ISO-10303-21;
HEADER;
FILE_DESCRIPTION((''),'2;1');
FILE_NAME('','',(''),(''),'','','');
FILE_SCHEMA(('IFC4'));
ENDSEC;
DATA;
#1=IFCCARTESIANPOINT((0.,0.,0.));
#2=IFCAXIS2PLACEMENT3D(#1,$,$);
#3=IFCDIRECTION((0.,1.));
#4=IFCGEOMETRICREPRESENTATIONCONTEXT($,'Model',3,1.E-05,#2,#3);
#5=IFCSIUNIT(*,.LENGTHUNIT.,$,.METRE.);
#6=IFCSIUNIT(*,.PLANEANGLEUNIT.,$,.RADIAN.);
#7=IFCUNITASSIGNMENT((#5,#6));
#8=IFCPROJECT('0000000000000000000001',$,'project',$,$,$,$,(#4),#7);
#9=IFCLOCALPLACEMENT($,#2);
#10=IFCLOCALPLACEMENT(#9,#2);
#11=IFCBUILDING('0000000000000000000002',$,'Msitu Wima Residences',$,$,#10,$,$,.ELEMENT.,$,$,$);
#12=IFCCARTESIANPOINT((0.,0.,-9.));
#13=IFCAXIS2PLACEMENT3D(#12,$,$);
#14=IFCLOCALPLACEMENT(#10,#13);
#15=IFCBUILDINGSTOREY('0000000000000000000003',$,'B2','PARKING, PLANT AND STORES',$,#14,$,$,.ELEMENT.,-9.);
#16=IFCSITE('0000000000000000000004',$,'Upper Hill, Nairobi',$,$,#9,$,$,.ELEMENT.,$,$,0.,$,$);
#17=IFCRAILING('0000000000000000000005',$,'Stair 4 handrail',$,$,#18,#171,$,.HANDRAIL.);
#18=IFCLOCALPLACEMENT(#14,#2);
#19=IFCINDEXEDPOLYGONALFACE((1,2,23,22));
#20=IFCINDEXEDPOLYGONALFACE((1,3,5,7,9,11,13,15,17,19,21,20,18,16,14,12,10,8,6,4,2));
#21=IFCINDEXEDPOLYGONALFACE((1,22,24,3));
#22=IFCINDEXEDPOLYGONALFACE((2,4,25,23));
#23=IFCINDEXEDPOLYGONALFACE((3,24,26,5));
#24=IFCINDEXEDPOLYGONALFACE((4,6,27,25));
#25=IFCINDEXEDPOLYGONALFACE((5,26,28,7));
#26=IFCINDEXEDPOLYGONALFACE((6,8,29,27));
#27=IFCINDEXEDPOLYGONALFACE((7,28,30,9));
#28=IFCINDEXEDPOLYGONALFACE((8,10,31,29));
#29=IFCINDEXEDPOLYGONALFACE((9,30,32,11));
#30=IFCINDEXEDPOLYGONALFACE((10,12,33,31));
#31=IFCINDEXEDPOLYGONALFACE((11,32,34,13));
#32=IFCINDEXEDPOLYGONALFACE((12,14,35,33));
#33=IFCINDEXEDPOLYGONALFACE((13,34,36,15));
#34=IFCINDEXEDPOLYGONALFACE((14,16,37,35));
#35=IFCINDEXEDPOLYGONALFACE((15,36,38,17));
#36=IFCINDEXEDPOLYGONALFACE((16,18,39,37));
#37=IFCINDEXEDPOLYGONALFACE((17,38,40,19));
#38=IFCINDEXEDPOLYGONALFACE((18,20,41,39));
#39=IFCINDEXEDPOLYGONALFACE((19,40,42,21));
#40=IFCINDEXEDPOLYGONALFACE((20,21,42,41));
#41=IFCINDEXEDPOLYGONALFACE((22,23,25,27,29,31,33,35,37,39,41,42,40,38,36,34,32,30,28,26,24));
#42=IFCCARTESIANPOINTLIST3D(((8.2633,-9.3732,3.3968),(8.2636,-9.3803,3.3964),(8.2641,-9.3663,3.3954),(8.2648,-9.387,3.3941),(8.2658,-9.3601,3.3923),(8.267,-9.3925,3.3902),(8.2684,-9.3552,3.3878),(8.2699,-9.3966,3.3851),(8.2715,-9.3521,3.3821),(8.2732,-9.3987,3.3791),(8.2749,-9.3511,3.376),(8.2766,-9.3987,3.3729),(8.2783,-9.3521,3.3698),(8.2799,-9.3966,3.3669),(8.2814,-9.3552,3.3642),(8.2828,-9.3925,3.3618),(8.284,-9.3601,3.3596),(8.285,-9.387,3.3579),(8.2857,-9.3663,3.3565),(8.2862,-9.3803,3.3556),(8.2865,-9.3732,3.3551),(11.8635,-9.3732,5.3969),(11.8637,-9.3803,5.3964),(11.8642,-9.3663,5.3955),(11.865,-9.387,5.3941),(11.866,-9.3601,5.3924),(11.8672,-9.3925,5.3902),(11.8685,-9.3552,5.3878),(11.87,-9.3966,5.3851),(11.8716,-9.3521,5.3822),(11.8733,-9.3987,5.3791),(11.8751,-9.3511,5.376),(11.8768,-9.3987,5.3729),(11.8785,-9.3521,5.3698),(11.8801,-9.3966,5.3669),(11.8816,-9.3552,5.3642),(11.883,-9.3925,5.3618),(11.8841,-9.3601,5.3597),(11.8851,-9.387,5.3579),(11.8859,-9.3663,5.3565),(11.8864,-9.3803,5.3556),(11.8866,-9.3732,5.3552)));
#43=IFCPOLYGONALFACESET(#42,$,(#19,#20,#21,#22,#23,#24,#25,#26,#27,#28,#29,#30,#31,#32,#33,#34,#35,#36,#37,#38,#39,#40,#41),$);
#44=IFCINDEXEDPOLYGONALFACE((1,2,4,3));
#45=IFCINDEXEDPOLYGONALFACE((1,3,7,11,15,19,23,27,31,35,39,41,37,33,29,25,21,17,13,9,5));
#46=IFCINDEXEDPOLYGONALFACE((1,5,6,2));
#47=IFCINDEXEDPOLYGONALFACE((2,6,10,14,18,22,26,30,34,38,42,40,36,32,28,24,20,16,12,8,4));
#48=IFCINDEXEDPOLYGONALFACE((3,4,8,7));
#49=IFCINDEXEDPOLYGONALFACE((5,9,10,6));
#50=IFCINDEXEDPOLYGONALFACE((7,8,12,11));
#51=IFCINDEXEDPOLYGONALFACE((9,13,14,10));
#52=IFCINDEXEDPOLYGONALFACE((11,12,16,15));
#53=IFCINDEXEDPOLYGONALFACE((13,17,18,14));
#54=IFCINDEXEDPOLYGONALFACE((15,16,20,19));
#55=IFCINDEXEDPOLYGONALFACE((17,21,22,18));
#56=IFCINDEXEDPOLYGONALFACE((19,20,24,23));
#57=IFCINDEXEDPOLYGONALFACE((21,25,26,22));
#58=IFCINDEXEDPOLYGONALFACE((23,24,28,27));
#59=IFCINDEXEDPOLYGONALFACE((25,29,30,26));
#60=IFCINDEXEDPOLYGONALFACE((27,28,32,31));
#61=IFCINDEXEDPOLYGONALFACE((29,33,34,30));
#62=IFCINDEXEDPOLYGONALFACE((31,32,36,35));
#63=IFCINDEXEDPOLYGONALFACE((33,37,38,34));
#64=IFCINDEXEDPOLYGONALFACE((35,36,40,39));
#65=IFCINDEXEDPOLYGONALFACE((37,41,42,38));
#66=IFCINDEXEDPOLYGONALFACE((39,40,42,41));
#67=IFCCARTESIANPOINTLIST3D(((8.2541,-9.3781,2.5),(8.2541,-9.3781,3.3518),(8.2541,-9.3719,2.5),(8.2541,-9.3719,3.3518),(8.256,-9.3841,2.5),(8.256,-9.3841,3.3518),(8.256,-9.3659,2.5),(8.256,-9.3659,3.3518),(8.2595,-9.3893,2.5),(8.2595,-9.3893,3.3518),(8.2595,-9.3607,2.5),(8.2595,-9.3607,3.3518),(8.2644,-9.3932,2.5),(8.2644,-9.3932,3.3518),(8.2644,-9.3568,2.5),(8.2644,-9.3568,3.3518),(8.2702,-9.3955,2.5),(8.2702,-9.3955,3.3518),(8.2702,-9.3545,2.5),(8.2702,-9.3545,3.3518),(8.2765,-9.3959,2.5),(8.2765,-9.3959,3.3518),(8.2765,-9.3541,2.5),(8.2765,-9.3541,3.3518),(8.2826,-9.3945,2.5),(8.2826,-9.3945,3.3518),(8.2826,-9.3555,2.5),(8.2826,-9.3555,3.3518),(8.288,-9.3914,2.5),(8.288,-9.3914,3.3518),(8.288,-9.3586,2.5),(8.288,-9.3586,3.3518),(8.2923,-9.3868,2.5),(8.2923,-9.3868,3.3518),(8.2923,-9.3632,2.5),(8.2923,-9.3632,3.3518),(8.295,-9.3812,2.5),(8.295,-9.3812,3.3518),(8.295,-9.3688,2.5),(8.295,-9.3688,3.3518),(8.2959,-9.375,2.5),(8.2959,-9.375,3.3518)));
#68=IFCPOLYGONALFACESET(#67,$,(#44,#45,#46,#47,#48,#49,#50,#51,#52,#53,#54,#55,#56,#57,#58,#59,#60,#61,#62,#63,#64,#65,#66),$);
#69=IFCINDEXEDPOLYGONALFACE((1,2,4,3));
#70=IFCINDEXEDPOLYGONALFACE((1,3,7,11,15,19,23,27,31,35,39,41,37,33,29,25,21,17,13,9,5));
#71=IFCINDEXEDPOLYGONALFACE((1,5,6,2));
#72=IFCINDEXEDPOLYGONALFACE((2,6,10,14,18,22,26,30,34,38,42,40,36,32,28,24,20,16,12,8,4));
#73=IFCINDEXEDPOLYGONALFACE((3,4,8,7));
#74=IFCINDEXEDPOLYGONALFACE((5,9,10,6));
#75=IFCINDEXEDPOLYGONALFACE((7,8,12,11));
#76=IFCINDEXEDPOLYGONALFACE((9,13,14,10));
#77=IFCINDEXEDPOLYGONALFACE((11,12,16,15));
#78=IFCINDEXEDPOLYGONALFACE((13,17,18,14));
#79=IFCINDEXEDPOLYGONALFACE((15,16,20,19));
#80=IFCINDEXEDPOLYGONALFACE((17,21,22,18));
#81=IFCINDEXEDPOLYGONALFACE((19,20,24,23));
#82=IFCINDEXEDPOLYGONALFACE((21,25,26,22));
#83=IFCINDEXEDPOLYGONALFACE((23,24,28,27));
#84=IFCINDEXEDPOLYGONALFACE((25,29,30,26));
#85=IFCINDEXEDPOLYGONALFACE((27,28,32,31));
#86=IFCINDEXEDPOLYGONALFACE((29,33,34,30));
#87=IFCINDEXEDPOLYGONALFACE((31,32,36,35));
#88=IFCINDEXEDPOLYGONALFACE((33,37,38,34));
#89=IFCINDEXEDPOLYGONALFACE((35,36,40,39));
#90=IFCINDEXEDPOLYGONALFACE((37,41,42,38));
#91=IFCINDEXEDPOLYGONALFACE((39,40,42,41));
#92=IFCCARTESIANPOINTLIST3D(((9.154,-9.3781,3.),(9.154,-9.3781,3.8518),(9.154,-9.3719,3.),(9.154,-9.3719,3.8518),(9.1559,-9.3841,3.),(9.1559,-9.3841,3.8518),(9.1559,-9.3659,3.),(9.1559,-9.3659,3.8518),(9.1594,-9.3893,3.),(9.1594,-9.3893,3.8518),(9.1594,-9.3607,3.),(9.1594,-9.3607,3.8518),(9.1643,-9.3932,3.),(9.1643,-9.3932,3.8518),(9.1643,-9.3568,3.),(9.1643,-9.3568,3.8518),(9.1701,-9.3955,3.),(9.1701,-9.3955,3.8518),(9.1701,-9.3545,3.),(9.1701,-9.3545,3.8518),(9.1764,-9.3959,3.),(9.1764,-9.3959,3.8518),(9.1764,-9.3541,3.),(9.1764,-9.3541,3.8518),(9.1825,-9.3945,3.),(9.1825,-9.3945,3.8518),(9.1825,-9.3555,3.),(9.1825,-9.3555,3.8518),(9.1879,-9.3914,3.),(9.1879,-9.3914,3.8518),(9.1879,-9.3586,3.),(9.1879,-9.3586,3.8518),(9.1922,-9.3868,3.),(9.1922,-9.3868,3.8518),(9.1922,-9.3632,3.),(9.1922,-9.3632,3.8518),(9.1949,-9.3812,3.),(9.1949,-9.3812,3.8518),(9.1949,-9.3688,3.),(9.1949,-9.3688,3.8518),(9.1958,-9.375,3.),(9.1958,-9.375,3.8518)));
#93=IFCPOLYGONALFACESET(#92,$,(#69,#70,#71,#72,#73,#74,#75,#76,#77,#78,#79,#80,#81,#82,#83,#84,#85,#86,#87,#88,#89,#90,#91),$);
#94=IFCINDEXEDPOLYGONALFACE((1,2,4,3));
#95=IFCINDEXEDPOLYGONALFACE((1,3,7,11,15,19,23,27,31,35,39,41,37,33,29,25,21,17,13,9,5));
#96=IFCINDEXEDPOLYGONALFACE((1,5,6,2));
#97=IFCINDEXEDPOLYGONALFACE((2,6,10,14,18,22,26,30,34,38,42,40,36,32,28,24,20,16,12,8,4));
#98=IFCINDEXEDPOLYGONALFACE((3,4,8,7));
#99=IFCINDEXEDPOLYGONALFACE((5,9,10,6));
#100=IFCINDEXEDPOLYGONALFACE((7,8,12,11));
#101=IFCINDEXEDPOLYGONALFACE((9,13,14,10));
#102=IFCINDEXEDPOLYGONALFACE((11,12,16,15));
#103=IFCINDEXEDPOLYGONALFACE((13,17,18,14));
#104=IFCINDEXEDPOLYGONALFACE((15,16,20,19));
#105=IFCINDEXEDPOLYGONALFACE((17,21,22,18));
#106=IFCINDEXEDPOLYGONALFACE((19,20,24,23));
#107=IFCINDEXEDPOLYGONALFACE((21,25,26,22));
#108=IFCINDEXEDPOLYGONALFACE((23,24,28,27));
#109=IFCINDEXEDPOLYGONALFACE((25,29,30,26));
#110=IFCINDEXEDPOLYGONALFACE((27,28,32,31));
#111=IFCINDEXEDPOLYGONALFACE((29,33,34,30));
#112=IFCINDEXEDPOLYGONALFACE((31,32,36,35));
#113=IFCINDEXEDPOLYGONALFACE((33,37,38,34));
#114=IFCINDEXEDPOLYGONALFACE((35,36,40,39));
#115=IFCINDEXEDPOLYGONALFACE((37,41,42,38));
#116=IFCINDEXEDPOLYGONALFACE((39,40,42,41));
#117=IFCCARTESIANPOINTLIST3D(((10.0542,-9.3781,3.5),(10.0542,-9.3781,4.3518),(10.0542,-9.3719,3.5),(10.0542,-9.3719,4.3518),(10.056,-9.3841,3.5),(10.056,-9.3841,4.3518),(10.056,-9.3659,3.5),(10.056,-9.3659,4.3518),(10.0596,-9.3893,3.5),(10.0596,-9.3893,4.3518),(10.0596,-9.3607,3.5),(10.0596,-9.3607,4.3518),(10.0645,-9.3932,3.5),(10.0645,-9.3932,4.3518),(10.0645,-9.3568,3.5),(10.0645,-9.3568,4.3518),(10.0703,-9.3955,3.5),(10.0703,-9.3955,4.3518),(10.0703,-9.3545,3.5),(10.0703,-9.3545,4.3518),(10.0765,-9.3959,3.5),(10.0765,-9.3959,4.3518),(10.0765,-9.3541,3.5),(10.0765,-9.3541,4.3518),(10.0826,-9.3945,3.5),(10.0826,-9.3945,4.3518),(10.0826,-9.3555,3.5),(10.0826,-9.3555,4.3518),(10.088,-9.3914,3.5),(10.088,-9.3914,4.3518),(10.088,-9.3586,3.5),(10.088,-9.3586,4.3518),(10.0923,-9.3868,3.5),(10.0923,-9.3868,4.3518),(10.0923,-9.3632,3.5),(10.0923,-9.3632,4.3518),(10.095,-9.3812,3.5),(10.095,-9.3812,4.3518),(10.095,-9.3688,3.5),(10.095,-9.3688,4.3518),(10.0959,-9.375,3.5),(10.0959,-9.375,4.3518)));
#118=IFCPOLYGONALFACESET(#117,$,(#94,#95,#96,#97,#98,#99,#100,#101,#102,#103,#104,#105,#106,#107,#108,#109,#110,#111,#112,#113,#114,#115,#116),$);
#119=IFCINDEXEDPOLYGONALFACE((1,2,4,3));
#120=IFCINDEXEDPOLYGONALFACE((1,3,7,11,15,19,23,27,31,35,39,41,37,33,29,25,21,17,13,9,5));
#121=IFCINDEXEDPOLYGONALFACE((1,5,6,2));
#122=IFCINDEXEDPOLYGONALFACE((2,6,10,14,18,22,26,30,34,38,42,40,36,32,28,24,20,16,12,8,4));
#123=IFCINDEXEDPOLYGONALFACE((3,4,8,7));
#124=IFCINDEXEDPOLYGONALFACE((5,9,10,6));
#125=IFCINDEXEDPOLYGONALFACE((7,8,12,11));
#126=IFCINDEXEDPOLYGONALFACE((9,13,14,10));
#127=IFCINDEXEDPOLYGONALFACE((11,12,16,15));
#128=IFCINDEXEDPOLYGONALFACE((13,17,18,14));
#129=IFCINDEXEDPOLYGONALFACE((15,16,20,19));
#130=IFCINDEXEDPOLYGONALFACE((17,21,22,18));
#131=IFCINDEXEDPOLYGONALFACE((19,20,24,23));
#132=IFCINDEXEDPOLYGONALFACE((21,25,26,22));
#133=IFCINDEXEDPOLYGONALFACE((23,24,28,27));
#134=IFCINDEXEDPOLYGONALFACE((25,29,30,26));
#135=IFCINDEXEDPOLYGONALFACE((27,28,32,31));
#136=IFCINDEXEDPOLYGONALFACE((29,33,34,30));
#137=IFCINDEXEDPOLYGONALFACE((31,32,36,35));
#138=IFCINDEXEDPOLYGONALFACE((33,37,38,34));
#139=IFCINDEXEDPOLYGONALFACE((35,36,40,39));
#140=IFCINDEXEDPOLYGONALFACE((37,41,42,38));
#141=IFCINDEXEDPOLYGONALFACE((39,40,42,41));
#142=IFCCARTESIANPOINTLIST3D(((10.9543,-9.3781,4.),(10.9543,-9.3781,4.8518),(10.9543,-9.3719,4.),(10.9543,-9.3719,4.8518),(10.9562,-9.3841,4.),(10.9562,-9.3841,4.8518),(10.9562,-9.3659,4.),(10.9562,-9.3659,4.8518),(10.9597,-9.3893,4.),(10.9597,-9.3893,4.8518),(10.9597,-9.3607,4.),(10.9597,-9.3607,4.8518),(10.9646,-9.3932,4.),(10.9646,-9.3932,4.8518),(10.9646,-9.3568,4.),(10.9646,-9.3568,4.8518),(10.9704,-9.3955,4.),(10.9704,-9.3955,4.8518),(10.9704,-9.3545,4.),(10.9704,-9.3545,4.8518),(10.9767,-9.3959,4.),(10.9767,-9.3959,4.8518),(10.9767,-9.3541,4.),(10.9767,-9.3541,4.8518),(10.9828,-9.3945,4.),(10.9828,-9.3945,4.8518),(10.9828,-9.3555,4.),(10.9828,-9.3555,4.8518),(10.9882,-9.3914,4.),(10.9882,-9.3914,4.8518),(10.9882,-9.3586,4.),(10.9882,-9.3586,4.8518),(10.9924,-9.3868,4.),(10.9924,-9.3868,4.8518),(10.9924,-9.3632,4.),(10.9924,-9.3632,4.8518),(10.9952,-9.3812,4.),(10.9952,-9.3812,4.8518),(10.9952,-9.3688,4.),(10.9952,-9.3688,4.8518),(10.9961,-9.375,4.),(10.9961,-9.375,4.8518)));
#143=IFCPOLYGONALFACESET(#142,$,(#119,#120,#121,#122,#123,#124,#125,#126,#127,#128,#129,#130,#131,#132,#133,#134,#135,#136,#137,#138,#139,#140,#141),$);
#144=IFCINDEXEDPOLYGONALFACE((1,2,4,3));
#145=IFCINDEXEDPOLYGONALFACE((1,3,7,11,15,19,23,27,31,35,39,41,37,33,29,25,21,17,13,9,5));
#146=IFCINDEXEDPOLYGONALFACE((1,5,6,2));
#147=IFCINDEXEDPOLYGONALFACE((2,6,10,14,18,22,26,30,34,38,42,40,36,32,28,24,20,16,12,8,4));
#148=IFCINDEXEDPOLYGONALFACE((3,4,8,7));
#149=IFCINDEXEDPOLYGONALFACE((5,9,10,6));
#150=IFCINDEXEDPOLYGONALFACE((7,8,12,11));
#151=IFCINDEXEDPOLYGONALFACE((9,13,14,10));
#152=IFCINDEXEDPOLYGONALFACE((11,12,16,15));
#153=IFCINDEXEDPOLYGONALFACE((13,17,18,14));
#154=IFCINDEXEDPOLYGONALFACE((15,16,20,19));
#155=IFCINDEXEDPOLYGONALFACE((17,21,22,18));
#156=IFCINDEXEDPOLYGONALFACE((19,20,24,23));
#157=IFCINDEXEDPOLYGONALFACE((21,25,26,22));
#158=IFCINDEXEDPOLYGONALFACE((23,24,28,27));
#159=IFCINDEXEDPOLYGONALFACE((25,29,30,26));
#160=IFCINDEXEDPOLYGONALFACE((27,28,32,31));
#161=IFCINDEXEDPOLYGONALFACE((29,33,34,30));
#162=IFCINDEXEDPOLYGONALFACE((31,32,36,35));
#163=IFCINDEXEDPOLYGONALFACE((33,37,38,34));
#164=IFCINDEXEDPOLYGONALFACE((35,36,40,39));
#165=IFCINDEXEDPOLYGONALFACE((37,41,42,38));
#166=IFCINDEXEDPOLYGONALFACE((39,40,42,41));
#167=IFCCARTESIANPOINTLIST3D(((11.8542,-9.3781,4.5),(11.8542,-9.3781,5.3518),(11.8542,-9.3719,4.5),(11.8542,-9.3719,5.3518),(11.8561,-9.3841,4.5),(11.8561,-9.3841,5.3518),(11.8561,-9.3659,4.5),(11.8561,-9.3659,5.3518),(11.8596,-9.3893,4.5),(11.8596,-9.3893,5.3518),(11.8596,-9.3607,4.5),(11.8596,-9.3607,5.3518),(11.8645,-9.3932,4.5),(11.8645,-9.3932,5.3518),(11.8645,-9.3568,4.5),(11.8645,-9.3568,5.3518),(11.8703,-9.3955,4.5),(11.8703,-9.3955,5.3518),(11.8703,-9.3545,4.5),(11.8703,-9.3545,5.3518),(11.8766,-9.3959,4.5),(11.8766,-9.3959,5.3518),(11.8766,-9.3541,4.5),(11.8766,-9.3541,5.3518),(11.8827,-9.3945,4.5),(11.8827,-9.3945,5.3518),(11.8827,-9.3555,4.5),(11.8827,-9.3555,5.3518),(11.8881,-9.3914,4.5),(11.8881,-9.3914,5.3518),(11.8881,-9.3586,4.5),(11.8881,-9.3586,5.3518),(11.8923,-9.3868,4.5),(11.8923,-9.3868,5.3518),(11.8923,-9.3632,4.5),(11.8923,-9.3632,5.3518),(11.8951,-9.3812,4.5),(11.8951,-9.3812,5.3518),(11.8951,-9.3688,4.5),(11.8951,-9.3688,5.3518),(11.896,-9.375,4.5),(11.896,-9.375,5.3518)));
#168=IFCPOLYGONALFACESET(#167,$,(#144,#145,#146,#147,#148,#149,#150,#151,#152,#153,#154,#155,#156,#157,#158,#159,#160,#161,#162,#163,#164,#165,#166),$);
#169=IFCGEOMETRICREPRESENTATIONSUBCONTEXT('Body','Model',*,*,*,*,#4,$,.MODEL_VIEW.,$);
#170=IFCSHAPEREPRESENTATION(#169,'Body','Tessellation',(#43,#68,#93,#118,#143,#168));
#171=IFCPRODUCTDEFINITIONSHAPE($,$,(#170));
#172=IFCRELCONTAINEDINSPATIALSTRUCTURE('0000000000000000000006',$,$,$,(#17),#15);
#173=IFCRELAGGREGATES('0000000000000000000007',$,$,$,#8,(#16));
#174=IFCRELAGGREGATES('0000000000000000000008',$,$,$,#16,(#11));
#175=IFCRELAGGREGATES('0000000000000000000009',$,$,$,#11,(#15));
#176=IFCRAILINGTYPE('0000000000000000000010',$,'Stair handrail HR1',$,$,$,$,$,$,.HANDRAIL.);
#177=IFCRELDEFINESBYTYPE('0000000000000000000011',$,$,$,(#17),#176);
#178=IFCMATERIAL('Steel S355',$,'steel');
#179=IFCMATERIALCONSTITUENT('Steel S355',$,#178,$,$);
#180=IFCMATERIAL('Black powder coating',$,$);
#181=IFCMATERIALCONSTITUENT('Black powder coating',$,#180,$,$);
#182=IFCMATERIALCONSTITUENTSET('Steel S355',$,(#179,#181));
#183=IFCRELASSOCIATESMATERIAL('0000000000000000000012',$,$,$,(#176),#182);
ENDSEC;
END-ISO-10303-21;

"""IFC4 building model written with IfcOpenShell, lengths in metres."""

from ifc_helpers import new_model, si_unit, direction, frame, origin, origin_2d, place, context, subcontext, project, spatial, circle, extrude, material, constituent, constituent_set, type_object, element, save


model = new_model("IFC4")

# Units and contexts
model_context = context("Model", 3, precision=1e-05, world=origin(), true_north=direction((0.0, 1.0)))
body_context = subcontext(model_context, "Body", "Model", "MODEL_VIEW")
ifc_project = project(units=[si_unit("LENGTHUNIT", "METRE"), si_unit("PLANEANGLEUNIT", "RADIAN")], contexts=[model_context])

# Site, building, storey
site_placement = place(None, origin())
site = spatial("IfcSite", under=ifc_project, at=site_placement, Name="Upper Hill, Nairobi", CompositionType="ELEMENT", RefElevation=0.0)
building_placement = place(site_placement, origin())
building = spatial("IfcBuilding", under=site, at=building_placement, Name="Msitu Wima Residences", CompositionType="ELEMENT")
storey_placement = place(building_placement, frame((0.0, 0.0, -9.0)))
storey = spatial("IfcBuildingStorey", under=building, at=storey_placement, Name="B2", Description="PARKING, PLANT AND STORES", CompositionType="ELEMENT", Elevation=-9.0)

# Railing
ifc_material_1 = material(Name="Steel S355", Category="steel")
ifc_constituent_1 = constituent(ifc_material_1, Name="Steel S355")
ifc_material_2 = material(Name="Black powder coating")
ifc_constituent_2 = constituent(ifc_material_2, Name="Black powder coating")
ifc_constituent_set = constituent_set(constituents=[ifc_constituent_1, ifc_constituent_2], Name="Steel S355")
railing_type = type_object("IfcRailingType", Name="Stair handrail HR1", PredefinedType="HANDRAIL", material=ifc_constituent_set)
for number, where, name in (
    (1, (8.2749, -9.375, 2.5), "Stair 4 handrail"),
):
    element("IfcRailing", number, at=place(storey_placement, frame(where)), inside=storey, type_object=railing_type, Name=name, PredefinedType="HANDRAIL", context=body_context, shape_type="SweptSolid", body=[
        extrude(circle(Radius=0.0239, at=origin_2d()), frame((0.0, 0.0, 0.876), z_axis=(0.874163, 0.0, 0.485633), x_axis=(0.0, 1.0, 0.0)), (0.0, 0.0, 1.0), 4.1184),
        extrude(circle(Radius=0.021, at=origin_2d()), origin(), (0.0, 0.0, 1.0), 0.8518),
        extrude(circle(Radius=0.021, at=origin_2d()), frame((0.8999, 0.0, 0.5)), (0.0, 0.0, 1.0), 0.8518),
        extrude(circle(Radius=0.021, at=origin_2d()), frame((1.8, 0.0, 1.0)), (0.0, 0.0, 1.0), 0.8518),
        extrude(circle(Radius=0.021, at=origin_2d()), frame((2.7002, 0.0, 1.5)), (0.0, 0.0, 1.0), 0.8518),
        extrude(circle(Radius=0.021, at=origin_2d()), frame((3.6001, 0.0, 2.0)), (0.0, 0.0, 1.0), 0.8518),
    ])

save(model, "model.ifc")
